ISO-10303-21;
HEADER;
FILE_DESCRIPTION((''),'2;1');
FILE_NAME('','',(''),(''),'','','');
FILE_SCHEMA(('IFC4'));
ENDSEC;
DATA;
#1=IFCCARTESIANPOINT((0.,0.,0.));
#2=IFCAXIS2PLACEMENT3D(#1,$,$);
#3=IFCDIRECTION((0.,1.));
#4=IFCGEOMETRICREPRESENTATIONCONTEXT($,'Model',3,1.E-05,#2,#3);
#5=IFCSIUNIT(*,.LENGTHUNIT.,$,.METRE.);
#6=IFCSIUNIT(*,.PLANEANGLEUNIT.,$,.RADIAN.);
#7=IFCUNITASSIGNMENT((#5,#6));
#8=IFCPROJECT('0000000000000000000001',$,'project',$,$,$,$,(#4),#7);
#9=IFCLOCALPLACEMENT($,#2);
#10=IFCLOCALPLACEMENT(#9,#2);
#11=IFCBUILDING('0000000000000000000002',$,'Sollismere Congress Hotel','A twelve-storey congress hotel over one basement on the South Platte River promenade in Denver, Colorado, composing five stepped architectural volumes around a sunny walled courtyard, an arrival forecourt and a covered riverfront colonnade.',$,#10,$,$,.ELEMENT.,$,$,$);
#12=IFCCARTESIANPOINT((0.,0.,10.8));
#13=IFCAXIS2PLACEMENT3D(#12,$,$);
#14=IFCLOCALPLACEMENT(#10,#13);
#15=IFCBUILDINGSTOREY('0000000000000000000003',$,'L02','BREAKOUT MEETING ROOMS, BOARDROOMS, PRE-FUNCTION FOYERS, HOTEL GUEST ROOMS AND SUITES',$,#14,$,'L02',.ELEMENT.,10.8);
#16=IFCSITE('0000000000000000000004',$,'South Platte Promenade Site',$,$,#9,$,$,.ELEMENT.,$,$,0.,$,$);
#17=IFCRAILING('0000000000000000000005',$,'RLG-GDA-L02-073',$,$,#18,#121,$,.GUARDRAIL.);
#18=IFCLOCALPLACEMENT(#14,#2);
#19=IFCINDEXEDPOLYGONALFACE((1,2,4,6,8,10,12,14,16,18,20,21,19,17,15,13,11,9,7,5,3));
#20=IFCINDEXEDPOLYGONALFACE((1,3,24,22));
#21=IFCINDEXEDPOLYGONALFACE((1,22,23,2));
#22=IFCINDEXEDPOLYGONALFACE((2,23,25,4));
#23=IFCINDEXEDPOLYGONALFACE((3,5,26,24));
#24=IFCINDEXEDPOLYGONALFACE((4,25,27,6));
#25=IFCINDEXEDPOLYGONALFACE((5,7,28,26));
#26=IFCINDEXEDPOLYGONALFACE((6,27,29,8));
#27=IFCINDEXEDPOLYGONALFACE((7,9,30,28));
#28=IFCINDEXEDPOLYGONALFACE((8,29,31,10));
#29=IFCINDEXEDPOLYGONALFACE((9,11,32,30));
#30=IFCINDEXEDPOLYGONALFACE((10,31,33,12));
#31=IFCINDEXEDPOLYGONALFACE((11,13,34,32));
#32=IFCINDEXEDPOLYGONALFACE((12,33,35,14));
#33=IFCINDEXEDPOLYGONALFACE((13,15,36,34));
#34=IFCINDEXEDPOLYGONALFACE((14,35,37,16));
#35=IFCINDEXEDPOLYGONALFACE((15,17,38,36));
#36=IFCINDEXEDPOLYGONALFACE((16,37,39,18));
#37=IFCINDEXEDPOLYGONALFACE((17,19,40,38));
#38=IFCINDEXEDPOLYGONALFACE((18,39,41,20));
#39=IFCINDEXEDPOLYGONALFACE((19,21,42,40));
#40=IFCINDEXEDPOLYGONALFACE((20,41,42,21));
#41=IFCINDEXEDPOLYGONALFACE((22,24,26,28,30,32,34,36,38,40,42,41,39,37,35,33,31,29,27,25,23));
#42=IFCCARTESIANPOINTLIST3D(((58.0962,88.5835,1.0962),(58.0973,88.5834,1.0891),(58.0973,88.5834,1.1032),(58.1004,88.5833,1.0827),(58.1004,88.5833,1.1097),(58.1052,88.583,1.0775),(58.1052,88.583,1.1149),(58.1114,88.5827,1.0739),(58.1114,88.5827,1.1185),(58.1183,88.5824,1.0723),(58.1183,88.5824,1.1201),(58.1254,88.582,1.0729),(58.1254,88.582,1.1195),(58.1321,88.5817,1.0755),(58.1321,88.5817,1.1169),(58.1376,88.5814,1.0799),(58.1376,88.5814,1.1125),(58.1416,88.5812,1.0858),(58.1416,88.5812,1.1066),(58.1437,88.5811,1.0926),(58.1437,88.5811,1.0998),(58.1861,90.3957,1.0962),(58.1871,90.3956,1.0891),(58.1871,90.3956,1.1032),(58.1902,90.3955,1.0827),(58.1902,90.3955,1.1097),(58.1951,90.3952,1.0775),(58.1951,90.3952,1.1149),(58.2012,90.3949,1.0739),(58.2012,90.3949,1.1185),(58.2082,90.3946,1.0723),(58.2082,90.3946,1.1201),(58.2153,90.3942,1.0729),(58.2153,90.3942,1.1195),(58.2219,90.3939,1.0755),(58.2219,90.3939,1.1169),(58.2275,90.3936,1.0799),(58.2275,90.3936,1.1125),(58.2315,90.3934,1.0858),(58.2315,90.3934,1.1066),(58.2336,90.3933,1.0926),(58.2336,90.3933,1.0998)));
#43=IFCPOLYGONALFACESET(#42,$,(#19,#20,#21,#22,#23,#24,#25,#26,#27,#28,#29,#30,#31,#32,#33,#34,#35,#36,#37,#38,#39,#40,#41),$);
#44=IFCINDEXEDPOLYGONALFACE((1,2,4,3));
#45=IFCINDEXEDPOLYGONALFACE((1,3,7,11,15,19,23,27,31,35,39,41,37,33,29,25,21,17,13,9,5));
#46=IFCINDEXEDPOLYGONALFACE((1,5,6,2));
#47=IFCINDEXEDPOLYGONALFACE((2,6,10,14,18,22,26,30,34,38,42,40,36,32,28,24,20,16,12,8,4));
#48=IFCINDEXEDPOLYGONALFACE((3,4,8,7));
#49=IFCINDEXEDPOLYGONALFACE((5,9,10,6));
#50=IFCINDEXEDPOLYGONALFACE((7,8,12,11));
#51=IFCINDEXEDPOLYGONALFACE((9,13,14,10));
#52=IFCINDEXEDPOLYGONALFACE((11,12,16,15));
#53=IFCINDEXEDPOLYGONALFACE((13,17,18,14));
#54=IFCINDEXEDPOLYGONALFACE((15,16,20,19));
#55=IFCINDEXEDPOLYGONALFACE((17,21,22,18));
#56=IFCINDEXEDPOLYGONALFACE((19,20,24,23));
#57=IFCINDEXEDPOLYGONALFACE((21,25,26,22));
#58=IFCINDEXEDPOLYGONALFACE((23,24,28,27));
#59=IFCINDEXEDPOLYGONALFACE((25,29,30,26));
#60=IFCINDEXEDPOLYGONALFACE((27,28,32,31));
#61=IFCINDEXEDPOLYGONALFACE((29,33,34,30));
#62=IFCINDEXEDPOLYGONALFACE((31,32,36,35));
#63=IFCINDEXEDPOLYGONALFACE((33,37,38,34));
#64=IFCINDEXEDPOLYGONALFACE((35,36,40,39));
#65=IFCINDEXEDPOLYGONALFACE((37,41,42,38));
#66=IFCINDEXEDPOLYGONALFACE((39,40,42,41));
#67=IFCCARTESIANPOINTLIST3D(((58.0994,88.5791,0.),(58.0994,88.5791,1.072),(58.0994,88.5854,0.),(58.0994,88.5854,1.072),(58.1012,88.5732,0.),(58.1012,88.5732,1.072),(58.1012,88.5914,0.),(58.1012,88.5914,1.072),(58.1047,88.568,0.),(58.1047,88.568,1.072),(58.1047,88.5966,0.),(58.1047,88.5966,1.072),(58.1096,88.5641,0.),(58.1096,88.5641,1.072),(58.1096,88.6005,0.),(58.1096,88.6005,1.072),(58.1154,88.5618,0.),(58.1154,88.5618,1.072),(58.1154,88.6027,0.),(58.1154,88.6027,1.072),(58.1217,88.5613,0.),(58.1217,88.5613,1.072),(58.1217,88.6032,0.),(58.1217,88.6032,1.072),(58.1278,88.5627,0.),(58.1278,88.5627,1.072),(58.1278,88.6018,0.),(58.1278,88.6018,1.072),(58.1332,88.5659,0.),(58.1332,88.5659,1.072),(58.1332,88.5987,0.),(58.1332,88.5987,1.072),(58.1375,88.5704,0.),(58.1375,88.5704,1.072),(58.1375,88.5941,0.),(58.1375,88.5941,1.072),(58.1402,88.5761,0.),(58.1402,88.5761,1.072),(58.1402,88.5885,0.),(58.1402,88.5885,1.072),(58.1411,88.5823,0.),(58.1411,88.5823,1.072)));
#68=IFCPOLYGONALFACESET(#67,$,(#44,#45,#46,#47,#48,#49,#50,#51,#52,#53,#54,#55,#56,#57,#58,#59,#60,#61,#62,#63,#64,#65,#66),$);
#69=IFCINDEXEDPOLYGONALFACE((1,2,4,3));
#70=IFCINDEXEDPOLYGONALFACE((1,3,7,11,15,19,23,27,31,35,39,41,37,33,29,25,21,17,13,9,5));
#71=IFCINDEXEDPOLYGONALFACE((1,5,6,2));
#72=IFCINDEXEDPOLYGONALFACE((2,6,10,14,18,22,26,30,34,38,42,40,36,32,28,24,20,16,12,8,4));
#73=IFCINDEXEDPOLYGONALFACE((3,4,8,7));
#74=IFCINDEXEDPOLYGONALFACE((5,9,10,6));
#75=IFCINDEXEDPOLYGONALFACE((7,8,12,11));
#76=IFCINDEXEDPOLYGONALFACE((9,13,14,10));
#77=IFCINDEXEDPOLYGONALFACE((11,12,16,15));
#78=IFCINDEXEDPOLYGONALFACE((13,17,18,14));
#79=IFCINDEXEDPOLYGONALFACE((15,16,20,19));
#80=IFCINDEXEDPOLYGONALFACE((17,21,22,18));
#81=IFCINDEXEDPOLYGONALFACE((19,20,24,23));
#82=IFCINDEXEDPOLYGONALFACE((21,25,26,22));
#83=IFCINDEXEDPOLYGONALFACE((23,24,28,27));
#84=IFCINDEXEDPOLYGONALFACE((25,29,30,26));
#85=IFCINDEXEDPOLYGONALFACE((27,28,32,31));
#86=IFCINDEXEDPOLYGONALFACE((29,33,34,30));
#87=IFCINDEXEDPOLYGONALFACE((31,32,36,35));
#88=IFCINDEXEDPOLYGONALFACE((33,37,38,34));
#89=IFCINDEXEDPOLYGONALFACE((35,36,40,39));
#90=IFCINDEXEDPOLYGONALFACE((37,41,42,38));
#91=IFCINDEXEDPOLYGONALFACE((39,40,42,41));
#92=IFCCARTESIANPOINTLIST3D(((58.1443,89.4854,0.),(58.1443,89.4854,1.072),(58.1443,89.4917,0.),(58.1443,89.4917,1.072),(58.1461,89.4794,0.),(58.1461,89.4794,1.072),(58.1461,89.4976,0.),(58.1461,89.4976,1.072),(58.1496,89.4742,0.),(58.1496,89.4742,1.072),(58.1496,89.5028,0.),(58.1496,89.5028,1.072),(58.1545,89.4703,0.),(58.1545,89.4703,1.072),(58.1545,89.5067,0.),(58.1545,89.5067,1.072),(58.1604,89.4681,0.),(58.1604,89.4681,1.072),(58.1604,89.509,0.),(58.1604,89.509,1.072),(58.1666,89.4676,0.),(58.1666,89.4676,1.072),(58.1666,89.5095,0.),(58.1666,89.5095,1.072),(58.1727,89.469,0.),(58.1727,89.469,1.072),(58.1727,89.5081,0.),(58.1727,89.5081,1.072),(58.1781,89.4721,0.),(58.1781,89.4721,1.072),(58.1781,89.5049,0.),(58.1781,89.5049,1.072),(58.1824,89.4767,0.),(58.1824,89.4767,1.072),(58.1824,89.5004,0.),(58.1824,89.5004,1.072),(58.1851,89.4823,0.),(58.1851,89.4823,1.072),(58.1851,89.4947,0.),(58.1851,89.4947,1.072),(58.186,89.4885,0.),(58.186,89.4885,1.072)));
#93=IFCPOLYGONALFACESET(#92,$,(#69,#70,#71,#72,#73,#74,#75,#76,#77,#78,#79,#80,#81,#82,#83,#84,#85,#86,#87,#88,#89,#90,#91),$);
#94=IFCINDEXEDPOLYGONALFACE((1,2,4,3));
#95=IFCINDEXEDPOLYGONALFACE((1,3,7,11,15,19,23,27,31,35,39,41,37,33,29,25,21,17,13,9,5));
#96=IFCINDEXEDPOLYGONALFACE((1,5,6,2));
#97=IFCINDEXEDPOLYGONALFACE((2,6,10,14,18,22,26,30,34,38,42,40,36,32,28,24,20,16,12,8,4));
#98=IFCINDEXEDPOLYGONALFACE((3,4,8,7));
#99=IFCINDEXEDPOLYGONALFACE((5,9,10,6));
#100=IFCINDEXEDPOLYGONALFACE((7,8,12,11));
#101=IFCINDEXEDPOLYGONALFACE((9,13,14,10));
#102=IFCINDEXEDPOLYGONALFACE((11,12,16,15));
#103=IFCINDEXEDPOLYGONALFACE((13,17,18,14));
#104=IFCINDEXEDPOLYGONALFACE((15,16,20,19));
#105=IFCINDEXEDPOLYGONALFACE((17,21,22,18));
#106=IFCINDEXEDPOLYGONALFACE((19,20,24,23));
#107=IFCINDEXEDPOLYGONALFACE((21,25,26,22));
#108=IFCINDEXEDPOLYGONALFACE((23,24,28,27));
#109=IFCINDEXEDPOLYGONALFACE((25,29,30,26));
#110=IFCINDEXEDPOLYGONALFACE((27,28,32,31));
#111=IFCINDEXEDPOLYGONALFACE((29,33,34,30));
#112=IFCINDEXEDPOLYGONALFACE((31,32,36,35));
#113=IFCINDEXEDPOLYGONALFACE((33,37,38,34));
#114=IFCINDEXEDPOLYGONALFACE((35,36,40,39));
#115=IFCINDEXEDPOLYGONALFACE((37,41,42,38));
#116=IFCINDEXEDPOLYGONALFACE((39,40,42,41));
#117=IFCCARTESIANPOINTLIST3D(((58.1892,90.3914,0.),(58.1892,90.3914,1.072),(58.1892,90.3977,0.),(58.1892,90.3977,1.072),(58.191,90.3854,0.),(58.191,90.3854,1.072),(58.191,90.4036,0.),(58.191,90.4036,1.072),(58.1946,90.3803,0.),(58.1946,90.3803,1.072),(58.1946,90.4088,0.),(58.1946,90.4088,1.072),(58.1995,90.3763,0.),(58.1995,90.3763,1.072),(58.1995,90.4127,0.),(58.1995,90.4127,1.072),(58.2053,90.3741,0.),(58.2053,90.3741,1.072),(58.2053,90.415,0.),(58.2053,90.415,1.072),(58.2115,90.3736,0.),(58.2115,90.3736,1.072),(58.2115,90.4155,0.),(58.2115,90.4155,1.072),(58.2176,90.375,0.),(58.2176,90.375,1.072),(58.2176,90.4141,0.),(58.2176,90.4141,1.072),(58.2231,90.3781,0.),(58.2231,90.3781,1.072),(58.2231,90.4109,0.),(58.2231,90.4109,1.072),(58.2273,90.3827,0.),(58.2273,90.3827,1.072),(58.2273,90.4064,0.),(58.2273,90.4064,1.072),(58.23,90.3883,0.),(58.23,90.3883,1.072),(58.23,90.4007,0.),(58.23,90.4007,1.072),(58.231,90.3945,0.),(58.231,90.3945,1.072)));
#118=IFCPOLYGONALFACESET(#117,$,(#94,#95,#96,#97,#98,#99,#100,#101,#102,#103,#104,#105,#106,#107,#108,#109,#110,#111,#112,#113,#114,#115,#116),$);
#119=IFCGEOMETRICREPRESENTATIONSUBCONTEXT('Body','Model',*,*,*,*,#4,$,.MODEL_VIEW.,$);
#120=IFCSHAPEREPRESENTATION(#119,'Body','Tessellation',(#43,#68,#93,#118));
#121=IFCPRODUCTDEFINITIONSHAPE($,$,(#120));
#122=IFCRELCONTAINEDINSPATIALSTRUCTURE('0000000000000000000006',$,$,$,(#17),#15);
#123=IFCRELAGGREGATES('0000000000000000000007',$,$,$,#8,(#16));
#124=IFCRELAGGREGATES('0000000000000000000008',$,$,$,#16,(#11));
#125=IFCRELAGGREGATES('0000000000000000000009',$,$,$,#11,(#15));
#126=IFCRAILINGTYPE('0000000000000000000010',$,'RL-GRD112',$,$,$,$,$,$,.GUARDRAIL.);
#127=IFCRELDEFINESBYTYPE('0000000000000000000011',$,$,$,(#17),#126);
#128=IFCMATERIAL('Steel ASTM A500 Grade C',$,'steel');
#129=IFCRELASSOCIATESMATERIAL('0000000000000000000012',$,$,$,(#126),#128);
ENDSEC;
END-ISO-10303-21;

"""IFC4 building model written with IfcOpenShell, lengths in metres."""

from ifc_helpers import new_model, si_unit, direction, frame, origin, origin_2d, place, context, subcontext, project, spatial, circle, extrude, material, type_object, element, save


model = new_model("IFC4")

# Units and contexts
model_context = context("Model", 3, precision=1e-05, world=origin(), true_north=direction((0.0, 1.0)))
body_context = subcontext(model_context, "Body", "Model", "MODEL_VIEW")
ifc_project = project(units=[si_unit("LENGTHUNIT", "METRE"), si_unit("PLANEANGLEUNIT", "RADIAN")], contexts=[model_context])

# Site, building, storey
site_placement = place(None, origin())
site = spatial("IfcSite", under=ifc_project, at=site_placement, Name="South Platte Promenade Site", CompositionType="ELEMENT", RefElevation=0.0)
building_placement = place(site_placement, origin())
building = spatial("IfcBuilding", under=site, at=building_placement, Name="Sollismere Congress Hotel", Description="A twelve-storey congress hotel over one basement on the South Platte River promenade in Denver, Colorado, composing five stepped architectural volumes around a sunny walled courtyard, an arrival forecourt and a covered riverfront colonnade.", CompositionType="ELEMENT")
storey_placement = place(building_placement, frame((0.0, 0.0, 10.8)))
storey = spatial("IfcBuildingStorey", under=building, at=storey_placement, Name="L02", Description="BREAKOUT MEETING ROOMS, BOARDROOMS, PRE-FUNCTION FOYERS, HOTEL GUEST ROOMS AND SUITES", LongName="L02", CompositionType="ELEMENT", Elevation=10.8)

# Shared definitions
ifc_material_1 = material(Name="Steel ASTM A500 Grade C", Category="steel")

# Railing
railing_type = type_object("IfcRailingType", Name="RL-GRD112", PredefinedType="GUARDRAIL", material=ifc_material_1)
railing_1_placement = place(storey_placement, frame((58.1201, 88.5823, 0.0)))
element("IfcRailing", 1, at=railing_1_placement, inside=storey, type_object=railing_type, Name="RLG-GDA-L02-073", PredefinedType="GUARDRAIL", context=body_context, shape_type="SweptSolid", body=[
    extrude(circle(Radius=0.0239, at=origin_2d()), frame((0.0, 0.0, 1.0962), z_axis=(0.049515, 0.998773, 0.0), x_axis=(-0.998773, 0.049515, 0.0)), (0.0, 0.0, 1.0), 1.8145),
    extrude(circle(Radius=0.021, at=origin_2d()), origin(), (0.0, 0.0, 1.0), 1.072),
    extrude(circle(Radius=0.021, at=origin_2d()), frame((0.0449, 0.9062, 0.0)), (0.0, 0.0, 1.0), 1.072),
    extrude(circle(Radius=0.021, at=origin_2d()), frame((0.0898, 1.8123, 0.0)), (0.0, 0.0, 1.0), 1.072),
])

save(model, "model.ifc")
